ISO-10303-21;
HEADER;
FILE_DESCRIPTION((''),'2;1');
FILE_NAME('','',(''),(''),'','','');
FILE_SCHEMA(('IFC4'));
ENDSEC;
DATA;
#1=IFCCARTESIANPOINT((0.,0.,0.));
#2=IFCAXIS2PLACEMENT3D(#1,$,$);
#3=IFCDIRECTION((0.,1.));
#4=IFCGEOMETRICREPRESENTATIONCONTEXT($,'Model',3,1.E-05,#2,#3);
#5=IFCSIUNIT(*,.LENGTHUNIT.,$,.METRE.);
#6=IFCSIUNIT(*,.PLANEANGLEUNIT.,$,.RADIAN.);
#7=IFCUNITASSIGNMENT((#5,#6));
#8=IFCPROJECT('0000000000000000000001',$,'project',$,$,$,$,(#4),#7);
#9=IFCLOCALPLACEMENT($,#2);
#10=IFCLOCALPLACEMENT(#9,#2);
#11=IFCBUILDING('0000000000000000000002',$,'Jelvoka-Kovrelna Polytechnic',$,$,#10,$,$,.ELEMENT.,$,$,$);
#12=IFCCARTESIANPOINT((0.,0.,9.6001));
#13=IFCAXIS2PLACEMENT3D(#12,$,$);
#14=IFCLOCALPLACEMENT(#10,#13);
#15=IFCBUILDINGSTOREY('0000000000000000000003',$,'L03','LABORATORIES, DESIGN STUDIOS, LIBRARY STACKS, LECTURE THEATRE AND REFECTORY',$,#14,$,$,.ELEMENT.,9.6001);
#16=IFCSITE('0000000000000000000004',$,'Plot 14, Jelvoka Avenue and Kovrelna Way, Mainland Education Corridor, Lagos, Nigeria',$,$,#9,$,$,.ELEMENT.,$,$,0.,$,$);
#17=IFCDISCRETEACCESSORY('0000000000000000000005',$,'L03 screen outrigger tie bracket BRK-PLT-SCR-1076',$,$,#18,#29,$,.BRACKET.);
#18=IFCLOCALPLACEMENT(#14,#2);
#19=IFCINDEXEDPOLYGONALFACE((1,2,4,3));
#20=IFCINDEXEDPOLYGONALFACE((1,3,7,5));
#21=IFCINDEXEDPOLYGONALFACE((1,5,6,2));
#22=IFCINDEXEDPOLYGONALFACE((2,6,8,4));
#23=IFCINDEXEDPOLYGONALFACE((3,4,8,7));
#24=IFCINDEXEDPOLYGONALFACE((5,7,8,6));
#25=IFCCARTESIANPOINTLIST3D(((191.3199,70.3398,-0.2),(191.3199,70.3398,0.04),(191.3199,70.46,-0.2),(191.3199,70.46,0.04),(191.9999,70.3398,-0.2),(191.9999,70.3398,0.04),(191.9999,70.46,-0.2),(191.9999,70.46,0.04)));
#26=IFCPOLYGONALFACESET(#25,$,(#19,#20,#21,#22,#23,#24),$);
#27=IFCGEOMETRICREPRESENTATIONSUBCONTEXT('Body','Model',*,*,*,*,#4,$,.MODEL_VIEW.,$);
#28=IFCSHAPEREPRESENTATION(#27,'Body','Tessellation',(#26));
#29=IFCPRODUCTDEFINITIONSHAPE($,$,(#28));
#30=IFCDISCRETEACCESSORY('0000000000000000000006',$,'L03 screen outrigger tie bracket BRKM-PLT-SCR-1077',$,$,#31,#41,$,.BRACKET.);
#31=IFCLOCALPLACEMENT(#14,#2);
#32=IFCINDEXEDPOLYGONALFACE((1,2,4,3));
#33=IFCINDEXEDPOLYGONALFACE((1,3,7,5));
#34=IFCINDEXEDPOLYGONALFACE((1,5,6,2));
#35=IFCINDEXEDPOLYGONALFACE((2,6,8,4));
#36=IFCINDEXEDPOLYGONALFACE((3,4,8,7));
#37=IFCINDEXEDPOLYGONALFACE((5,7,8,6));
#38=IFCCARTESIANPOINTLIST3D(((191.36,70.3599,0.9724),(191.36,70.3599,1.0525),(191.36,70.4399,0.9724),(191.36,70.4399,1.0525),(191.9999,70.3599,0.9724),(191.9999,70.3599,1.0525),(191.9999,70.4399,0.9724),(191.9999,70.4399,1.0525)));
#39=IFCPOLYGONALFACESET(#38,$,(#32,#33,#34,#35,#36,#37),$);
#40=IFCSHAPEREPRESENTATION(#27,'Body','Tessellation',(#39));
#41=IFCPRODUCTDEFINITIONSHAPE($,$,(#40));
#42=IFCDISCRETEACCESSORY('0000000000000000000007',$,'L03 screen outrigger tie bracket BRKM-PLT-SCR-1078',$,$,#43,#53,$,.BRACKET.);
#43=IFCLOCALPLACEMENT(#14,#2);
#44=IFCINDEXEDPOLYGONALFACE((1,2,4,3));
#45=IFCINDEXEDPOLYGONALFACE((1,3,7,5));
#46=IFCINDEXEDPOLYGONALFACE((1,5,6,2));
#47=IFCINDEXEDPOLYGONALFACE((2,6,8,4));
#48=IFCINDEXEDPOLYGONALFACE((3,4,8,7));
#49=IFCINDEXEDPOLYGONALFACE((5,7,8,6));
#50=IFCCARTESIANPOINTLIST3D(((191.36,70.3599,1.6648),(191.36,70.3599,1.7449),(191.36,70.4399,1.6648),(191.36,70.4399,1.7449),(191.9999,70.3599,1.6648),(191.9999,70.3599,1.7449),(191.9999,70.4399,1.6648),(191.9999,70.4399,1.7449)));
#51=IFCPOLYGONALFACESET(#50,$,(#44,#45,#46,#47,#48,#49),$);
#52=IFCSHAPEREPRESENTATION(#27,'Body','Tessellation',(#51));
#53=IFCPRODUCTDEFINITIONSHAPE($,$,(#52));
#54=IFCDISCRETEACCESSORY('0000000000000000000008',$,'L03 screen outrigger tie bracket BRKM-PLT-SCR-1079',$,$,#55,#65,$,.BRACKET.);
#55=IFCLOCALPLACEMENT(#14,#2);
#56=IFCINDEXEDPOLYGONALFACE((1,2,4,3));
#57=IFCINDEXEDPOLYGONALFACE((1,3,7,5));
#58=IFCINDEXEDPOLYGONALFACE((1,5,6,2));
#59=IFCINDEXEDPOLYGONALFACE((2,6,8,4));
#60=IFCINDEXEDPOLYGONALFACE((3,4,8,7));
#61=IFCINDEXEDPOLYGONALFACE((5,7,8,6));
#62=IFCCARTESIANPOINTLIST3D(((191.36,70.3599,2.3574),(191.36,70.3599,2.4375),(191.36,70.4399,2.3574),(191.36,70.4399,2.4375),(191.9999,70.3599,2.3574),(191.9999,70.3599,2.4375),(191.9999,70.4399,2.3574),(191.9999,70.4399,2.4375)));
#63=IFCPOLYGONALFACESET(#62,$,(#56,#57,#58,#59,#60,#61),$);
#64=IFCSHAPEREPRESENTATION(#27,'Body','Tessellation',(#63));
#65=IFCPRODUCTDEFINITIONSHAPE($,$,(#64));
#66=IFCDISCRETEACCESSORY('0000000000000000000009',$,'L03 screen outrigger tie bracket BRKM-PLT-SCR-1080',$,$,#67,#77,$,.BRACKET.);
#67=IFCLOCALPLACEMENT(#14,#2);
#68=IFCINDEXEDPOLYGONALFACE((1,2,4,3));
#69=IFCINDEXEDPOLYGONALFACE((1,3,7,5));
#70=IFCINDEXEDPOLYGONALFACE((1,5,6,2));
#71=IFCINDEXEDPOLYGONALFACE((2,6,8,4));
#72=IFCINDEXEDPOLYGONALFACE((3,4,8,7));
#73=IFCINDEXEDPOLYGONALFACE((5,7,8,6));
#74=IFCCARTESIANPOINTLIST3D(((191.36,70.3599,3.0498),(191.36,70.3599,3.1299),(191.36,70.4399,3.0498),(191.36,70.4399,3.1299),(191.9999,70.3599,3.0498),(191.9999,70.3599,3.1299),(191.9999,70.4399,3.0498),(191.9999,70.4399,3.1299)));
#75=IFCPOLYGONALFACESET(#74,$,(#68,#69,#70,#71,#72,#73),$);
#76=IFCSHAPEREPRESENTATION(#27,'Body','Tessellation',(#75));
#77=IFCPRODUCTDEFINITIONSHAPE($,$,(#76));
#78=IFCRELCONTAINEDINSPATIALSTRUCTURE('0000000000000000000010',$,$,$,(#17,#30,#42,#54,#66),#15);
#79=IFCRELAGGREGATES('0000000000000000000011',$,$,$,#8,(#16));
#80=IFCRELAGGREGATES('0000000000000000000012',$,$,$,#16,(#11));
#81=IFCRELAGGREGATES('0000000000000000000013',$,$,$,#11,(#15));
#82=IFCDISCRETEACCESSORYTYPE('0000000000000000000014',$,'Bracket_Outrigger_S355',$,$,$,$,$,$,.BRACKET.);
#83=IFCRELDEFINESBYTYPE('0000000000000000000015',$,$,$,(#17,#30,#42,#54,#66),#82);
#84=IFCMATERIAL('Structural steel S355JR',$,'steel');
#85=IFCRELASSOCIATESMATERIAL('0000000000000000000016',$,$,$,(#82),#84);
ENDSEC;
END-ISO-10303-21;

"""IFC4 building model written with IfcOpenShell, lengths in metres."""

from ifc_helpers import new_model, si_unit, direction, frame, origin, origin_2d, place, context, subcontext, project, spatial, rectangle, extrude, material, type_object, element, save


model = new_model("IFC4")

# Units and contexts
model_context = context("Model", 3, precision=1e-05, world=origin(), true_north=direction((0.0, 1.0)))
body_context = subcontext(model_context, "Body", "Model", "MODEL_VIEW")
ifc_project = project(units=[si_unit("LENGTHUNIT", "METRE"), si_unit("PLANEANGLEUNIT", "RADIAN")], contexts=[model_context])

# Site, building, storey
site_placement = place(None, origin())
site = spatial("IfcSite", under=ifc_project, at=site_placement, Name="Plot 14, Jelvoka Avenue and Kovrelna Way, Mainland Education Corridor, Lagos, Nigeria", CompositionType="ELEMENT", RefElevation=0.0)
building_placement = place(site_placement, origin())
building = spatial("IfcBuilding", under=site, at=building_placement, Name="Jelvoka-Kovrelna Polytechnic", CompositionType="ELEMENT")
storey_placement = place(building_placement, frame((0.0, 0.0, 9.6001)))
storey = spatial("IfcBuildingStorey", under=building, at=storey_placement, Name="L03", Description="LABORATORIES, DESIGN STUDIOS, LIBRARY STACKS, LECTURE THEATRE AND REFECTORY", CompositionType="ELEMENT", Elevation=9.6001)

# Discrete accessories
ifc_material_1 = material(Name="Structural steel S355JR", Category="steel")
discrete_accessory_type = type_object("IfcDiscreteAccessoryType", Name="Bracket_Outrigger_S355", PredefinedType="BRACKET", material=ifc_material_1)
discrete_accessory_1_placement = place(storey_placement, frame((191.6599, 70.3999, -0.2), z_axis=(0.0, 0.0, 1.0), x_axis=(1.0, 0.0, 0.0)))
element("IfcDiscreteAccessory", 1, at=discrete_accessory_1_placement, inside=storey, type_object=discrete_accessory_type, Name="L03 screen outrigger tie bracket BRK-PLT-SCR-1076", PredefinedType="BRACKET", context=body_context, shape_type="SweptSolid", body=[
    extrude(rectangle(XDim=0.6799, YDim=0.1201, at=origin_2d()), origin(), (0.0, 0.0, 1.0), 0.24),
])
for number, where, z_axis, x_axis, name in (
    (2, (191.6799, 70.3999, 0.9724), (0.0, 0.0, 1.0), (1.0, 0.0, 0.0), "L03 screen outrigger tie bracket BRKM-PLT-SCR-1077"),
    (3, (191.6799, 70.3999, 1.6648), (0.0, 0.0, 1.0), (1.0, 0.0, 0.0), "L03 screen outrigger tie bracket BRKM-PLT-SCR-1078"),
    (4, (191.6799, 70.3999, 2.3574), (0.0, 0.0, 1.0), (1.0, 0.0, 0.0), "L03 screen outrigger tie bracket BRKM-PLT-SCR-1079"),
    (5, (191.6799, 70.3999, 3.0498), (0.0, 0.0, 1.0), (1.0, 0.0, 0.0), "L03 screen outrigger tie bracket BRKM-PLT-SCR-1080"),
):
    element("IfcDiscreteAccessory", number, at=place(storey_placement, frame(where, z_axis=z_axis, x_axis=x_axis)), inside=storey, type_object=discrete_accessory_type, Name=name, PredefinedType="BRACKET", context=body_context, shape_type="SweptSolid", body=[
        extrude(rectangle(XDim=0.6399, YDim=0.0801, at=origin_2d()), origin(), (0.0, 0.0, 1.0), 0.0801),
    ])

save(model, "model.ifc")
